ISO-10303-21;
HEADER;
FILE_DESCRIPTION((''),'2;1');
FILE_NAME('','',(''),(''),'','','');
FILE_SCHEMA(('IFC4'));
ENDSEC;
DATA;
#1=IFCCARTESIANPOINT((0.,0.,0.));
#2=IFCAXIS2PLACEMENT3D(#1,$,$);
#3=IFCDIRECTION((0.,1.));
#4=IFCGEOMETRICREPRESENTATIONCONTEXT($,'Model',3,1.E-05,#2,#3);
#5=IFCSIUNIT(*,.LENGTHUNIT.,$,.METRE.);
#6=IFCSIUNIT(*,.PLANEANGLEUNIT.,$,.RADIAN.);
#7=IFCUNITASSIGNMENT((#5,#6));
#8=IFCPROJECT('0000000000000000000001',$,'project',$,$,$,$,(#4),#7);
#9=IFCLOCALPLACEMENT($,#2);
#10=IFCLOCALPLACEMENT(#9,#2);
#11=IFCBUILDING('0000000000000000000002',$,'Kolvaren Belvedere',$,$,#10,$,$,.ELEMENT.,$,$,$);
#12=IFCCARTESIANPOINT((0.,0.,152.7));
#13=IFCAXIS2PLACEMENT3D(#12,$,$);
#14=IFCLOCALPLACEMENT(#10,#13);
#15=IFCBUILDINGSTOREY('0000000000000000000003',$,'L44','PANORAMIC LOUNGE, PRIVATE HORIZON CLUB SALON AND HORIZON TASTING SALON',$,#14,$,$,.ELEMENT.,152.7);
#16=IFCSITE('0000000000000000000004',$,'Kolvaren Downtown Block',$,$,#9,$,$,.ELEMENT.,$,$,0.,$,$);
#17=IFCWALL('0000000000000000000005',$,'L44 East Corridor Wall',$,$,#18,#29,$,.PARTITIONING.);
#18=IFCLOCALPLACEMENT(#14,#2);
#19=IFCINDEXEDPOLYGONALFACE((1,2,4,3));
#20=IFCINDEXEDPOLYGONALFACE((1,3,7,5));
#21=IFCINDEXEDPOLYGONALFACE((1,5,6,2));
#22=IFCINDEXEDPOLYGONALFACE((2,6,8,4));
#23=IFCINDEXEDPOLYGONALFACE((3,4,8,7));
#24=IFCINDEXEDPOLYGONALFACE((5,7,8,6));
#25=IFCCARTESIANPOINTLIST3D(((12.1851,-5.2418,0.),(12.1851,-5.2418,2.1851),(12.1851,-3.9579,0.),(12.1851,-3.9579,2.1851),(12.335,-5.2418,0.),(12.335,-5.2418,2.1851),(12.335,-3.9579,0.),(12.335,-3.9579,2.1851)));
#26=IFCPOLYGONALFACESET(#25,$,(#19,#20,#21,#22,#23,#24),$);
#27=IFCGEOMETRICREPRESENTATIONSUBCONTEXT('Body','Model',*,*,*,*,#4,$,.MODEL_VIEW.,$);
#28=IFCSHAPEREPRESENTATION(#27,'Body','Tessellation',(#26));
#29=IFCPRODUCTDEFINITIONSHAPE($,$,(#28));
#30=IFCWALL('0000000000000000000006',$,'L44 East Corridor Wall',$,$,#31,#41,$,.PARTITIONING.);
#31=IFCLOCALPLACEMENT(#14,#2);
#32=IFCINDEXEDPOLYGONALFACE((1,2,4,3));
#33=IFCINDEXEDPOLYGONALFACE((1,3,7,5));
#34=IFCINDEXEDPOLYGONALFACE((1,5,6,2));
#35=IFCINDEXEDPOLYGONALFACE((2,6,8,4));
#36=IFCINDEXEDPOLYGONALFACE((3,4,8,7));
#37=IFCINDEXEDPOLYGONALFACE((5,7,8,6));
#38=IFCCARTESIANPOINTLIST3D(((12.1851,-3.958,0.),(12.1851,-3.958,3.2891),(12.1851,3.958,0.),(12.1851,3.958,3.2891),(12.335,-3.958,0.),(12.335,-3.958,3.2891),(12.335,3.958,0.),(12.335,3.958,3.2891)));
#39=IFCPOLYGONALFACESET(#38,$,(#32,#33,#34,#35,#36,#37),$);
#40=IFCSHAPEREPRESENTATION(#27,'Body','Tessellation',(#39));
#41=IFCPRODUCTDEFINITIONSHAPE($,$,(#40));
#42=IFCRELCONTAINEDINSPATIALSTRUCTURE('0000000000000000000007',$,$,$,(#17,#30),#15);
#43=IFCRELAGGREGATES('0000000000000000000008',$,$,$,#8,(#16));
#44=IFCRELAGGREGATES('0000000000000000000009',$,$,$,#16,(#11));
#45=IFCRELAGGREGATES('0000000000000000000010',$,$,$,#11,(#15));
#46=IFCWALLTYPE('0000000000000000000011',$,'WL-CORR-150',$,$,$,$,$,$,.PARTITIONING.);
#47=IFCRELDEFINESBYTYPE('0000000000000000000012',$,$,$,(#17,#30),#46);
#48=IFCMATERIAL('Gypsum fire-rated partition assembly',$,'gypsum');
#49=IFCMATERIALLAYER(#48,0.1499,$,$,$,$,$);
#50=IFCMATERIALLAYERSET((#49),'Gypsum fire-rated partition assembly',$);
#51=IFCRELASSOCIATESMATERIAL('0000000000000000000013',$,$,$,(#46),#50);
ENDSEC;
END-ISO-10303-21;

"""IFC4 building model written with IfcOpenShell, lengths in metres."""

from ifc_helpers import new_model, si_unit, direction, frame, frame_2d, origin, place, context, subcontext, project, spatial, rectangle, extrude, material, layer, layer_set, type_object, element, save


model = new_model("IFC4")

# Units and contexts
model_context = context("Model", 3, precision=1e-05, world=origin(), true_north=direction((0.0, 1.0)))
body_context = subcontext(model_context, "Body", "Model", "MODEL_VIEW")
ifc_project = project(units=[si_unit("LENGTHUNIT", "METRE"), si_unit("PLANEANGLEUNIT", "RADIAN")], contexts=[model_context])

# Site, building, storey
site_placement = place(None, origin())
site = spatial("IfcSite", under=ifc_project, at=site_placement, Name="Kolvaren Downtown Block", CompositionType="ELEMENT", RefElevation=0.0)
building_placement = place(site_placement, origin())
building = spatial("IfcBuilding", under=site, at=building_placement, Name="Kolvaren Belvedere", CompositionType="ELEMENT")
storey_placement = place(building_placement, frame((0.0, 0.0, 152.7)))
storey = spatial("IfcBuildingStorey", under=building, at=storey_placement, Name="L44", Description="PANORAMIC LOUNGE, PRIVATE HORIZON CLUB SALON AND HORIZON TASTING SALON", CompositionType="ELEMENT", Elevation=152.7)

# Shared definitions
ifc_material_1 = material(Name="Gypsum fire-rated partition assembly", Category="gypsum")
ifc_layer_1 = layer(ifc_material_1, 0.1499)
ifc_layer_set_1 = layer_set([ifc_layer_1], Name="Gypsum fire-rated partition assembly")
wall_type_1 = type_object("IfcWallType", Name="WL-CORR-150", PredefinedType="PARTITIONING", material=ifc_layer_set_1)

# Walls
wall_1_placement = place(storey_placement, frame((12.26, -5.2419, 0.0), z_axis=(0.0, 0.0, 1.0), x_axis=(0.0, 1.0, 0.0)))
element("IfcWall", 1, at=wall_1_placement, inside=storey, type_object=wall_type_1, Name="L44 East Corridor Wall", PredefinedType="PARTITIONING", context=body_context, shape_type="SweptSolid", body=[
    extrude(rectangle(XDim=1.2839, YDim=0.1499, at=frame_2d((0.6421, 0.0))), origin(), (0.0, 0.0, 1.0), 2.1851),
])
wall_2_placement = place(storey_placement, frame((12.26, -3.958, 0.0), z_axis=(0.0, 0.0, 1.0), x_axis=(0.0, 1.0, 0.0)))
element("IfcWall", 2, at=wall_2_placement, inside=storey, type_object=wall_type_1, Name="L44 East Corridor Wall", PredefinedType="PARTITIONING", context=body_context, shape_type="SweptSolid", body=[
    extrude(rectangle(XDim=7.916, YDim=0.1499, at=frame_2d((3.958, 0.0))), origin(), (0.0, 0.0, 1.0), 3.2891),
])

save(model, "model.ifc")
